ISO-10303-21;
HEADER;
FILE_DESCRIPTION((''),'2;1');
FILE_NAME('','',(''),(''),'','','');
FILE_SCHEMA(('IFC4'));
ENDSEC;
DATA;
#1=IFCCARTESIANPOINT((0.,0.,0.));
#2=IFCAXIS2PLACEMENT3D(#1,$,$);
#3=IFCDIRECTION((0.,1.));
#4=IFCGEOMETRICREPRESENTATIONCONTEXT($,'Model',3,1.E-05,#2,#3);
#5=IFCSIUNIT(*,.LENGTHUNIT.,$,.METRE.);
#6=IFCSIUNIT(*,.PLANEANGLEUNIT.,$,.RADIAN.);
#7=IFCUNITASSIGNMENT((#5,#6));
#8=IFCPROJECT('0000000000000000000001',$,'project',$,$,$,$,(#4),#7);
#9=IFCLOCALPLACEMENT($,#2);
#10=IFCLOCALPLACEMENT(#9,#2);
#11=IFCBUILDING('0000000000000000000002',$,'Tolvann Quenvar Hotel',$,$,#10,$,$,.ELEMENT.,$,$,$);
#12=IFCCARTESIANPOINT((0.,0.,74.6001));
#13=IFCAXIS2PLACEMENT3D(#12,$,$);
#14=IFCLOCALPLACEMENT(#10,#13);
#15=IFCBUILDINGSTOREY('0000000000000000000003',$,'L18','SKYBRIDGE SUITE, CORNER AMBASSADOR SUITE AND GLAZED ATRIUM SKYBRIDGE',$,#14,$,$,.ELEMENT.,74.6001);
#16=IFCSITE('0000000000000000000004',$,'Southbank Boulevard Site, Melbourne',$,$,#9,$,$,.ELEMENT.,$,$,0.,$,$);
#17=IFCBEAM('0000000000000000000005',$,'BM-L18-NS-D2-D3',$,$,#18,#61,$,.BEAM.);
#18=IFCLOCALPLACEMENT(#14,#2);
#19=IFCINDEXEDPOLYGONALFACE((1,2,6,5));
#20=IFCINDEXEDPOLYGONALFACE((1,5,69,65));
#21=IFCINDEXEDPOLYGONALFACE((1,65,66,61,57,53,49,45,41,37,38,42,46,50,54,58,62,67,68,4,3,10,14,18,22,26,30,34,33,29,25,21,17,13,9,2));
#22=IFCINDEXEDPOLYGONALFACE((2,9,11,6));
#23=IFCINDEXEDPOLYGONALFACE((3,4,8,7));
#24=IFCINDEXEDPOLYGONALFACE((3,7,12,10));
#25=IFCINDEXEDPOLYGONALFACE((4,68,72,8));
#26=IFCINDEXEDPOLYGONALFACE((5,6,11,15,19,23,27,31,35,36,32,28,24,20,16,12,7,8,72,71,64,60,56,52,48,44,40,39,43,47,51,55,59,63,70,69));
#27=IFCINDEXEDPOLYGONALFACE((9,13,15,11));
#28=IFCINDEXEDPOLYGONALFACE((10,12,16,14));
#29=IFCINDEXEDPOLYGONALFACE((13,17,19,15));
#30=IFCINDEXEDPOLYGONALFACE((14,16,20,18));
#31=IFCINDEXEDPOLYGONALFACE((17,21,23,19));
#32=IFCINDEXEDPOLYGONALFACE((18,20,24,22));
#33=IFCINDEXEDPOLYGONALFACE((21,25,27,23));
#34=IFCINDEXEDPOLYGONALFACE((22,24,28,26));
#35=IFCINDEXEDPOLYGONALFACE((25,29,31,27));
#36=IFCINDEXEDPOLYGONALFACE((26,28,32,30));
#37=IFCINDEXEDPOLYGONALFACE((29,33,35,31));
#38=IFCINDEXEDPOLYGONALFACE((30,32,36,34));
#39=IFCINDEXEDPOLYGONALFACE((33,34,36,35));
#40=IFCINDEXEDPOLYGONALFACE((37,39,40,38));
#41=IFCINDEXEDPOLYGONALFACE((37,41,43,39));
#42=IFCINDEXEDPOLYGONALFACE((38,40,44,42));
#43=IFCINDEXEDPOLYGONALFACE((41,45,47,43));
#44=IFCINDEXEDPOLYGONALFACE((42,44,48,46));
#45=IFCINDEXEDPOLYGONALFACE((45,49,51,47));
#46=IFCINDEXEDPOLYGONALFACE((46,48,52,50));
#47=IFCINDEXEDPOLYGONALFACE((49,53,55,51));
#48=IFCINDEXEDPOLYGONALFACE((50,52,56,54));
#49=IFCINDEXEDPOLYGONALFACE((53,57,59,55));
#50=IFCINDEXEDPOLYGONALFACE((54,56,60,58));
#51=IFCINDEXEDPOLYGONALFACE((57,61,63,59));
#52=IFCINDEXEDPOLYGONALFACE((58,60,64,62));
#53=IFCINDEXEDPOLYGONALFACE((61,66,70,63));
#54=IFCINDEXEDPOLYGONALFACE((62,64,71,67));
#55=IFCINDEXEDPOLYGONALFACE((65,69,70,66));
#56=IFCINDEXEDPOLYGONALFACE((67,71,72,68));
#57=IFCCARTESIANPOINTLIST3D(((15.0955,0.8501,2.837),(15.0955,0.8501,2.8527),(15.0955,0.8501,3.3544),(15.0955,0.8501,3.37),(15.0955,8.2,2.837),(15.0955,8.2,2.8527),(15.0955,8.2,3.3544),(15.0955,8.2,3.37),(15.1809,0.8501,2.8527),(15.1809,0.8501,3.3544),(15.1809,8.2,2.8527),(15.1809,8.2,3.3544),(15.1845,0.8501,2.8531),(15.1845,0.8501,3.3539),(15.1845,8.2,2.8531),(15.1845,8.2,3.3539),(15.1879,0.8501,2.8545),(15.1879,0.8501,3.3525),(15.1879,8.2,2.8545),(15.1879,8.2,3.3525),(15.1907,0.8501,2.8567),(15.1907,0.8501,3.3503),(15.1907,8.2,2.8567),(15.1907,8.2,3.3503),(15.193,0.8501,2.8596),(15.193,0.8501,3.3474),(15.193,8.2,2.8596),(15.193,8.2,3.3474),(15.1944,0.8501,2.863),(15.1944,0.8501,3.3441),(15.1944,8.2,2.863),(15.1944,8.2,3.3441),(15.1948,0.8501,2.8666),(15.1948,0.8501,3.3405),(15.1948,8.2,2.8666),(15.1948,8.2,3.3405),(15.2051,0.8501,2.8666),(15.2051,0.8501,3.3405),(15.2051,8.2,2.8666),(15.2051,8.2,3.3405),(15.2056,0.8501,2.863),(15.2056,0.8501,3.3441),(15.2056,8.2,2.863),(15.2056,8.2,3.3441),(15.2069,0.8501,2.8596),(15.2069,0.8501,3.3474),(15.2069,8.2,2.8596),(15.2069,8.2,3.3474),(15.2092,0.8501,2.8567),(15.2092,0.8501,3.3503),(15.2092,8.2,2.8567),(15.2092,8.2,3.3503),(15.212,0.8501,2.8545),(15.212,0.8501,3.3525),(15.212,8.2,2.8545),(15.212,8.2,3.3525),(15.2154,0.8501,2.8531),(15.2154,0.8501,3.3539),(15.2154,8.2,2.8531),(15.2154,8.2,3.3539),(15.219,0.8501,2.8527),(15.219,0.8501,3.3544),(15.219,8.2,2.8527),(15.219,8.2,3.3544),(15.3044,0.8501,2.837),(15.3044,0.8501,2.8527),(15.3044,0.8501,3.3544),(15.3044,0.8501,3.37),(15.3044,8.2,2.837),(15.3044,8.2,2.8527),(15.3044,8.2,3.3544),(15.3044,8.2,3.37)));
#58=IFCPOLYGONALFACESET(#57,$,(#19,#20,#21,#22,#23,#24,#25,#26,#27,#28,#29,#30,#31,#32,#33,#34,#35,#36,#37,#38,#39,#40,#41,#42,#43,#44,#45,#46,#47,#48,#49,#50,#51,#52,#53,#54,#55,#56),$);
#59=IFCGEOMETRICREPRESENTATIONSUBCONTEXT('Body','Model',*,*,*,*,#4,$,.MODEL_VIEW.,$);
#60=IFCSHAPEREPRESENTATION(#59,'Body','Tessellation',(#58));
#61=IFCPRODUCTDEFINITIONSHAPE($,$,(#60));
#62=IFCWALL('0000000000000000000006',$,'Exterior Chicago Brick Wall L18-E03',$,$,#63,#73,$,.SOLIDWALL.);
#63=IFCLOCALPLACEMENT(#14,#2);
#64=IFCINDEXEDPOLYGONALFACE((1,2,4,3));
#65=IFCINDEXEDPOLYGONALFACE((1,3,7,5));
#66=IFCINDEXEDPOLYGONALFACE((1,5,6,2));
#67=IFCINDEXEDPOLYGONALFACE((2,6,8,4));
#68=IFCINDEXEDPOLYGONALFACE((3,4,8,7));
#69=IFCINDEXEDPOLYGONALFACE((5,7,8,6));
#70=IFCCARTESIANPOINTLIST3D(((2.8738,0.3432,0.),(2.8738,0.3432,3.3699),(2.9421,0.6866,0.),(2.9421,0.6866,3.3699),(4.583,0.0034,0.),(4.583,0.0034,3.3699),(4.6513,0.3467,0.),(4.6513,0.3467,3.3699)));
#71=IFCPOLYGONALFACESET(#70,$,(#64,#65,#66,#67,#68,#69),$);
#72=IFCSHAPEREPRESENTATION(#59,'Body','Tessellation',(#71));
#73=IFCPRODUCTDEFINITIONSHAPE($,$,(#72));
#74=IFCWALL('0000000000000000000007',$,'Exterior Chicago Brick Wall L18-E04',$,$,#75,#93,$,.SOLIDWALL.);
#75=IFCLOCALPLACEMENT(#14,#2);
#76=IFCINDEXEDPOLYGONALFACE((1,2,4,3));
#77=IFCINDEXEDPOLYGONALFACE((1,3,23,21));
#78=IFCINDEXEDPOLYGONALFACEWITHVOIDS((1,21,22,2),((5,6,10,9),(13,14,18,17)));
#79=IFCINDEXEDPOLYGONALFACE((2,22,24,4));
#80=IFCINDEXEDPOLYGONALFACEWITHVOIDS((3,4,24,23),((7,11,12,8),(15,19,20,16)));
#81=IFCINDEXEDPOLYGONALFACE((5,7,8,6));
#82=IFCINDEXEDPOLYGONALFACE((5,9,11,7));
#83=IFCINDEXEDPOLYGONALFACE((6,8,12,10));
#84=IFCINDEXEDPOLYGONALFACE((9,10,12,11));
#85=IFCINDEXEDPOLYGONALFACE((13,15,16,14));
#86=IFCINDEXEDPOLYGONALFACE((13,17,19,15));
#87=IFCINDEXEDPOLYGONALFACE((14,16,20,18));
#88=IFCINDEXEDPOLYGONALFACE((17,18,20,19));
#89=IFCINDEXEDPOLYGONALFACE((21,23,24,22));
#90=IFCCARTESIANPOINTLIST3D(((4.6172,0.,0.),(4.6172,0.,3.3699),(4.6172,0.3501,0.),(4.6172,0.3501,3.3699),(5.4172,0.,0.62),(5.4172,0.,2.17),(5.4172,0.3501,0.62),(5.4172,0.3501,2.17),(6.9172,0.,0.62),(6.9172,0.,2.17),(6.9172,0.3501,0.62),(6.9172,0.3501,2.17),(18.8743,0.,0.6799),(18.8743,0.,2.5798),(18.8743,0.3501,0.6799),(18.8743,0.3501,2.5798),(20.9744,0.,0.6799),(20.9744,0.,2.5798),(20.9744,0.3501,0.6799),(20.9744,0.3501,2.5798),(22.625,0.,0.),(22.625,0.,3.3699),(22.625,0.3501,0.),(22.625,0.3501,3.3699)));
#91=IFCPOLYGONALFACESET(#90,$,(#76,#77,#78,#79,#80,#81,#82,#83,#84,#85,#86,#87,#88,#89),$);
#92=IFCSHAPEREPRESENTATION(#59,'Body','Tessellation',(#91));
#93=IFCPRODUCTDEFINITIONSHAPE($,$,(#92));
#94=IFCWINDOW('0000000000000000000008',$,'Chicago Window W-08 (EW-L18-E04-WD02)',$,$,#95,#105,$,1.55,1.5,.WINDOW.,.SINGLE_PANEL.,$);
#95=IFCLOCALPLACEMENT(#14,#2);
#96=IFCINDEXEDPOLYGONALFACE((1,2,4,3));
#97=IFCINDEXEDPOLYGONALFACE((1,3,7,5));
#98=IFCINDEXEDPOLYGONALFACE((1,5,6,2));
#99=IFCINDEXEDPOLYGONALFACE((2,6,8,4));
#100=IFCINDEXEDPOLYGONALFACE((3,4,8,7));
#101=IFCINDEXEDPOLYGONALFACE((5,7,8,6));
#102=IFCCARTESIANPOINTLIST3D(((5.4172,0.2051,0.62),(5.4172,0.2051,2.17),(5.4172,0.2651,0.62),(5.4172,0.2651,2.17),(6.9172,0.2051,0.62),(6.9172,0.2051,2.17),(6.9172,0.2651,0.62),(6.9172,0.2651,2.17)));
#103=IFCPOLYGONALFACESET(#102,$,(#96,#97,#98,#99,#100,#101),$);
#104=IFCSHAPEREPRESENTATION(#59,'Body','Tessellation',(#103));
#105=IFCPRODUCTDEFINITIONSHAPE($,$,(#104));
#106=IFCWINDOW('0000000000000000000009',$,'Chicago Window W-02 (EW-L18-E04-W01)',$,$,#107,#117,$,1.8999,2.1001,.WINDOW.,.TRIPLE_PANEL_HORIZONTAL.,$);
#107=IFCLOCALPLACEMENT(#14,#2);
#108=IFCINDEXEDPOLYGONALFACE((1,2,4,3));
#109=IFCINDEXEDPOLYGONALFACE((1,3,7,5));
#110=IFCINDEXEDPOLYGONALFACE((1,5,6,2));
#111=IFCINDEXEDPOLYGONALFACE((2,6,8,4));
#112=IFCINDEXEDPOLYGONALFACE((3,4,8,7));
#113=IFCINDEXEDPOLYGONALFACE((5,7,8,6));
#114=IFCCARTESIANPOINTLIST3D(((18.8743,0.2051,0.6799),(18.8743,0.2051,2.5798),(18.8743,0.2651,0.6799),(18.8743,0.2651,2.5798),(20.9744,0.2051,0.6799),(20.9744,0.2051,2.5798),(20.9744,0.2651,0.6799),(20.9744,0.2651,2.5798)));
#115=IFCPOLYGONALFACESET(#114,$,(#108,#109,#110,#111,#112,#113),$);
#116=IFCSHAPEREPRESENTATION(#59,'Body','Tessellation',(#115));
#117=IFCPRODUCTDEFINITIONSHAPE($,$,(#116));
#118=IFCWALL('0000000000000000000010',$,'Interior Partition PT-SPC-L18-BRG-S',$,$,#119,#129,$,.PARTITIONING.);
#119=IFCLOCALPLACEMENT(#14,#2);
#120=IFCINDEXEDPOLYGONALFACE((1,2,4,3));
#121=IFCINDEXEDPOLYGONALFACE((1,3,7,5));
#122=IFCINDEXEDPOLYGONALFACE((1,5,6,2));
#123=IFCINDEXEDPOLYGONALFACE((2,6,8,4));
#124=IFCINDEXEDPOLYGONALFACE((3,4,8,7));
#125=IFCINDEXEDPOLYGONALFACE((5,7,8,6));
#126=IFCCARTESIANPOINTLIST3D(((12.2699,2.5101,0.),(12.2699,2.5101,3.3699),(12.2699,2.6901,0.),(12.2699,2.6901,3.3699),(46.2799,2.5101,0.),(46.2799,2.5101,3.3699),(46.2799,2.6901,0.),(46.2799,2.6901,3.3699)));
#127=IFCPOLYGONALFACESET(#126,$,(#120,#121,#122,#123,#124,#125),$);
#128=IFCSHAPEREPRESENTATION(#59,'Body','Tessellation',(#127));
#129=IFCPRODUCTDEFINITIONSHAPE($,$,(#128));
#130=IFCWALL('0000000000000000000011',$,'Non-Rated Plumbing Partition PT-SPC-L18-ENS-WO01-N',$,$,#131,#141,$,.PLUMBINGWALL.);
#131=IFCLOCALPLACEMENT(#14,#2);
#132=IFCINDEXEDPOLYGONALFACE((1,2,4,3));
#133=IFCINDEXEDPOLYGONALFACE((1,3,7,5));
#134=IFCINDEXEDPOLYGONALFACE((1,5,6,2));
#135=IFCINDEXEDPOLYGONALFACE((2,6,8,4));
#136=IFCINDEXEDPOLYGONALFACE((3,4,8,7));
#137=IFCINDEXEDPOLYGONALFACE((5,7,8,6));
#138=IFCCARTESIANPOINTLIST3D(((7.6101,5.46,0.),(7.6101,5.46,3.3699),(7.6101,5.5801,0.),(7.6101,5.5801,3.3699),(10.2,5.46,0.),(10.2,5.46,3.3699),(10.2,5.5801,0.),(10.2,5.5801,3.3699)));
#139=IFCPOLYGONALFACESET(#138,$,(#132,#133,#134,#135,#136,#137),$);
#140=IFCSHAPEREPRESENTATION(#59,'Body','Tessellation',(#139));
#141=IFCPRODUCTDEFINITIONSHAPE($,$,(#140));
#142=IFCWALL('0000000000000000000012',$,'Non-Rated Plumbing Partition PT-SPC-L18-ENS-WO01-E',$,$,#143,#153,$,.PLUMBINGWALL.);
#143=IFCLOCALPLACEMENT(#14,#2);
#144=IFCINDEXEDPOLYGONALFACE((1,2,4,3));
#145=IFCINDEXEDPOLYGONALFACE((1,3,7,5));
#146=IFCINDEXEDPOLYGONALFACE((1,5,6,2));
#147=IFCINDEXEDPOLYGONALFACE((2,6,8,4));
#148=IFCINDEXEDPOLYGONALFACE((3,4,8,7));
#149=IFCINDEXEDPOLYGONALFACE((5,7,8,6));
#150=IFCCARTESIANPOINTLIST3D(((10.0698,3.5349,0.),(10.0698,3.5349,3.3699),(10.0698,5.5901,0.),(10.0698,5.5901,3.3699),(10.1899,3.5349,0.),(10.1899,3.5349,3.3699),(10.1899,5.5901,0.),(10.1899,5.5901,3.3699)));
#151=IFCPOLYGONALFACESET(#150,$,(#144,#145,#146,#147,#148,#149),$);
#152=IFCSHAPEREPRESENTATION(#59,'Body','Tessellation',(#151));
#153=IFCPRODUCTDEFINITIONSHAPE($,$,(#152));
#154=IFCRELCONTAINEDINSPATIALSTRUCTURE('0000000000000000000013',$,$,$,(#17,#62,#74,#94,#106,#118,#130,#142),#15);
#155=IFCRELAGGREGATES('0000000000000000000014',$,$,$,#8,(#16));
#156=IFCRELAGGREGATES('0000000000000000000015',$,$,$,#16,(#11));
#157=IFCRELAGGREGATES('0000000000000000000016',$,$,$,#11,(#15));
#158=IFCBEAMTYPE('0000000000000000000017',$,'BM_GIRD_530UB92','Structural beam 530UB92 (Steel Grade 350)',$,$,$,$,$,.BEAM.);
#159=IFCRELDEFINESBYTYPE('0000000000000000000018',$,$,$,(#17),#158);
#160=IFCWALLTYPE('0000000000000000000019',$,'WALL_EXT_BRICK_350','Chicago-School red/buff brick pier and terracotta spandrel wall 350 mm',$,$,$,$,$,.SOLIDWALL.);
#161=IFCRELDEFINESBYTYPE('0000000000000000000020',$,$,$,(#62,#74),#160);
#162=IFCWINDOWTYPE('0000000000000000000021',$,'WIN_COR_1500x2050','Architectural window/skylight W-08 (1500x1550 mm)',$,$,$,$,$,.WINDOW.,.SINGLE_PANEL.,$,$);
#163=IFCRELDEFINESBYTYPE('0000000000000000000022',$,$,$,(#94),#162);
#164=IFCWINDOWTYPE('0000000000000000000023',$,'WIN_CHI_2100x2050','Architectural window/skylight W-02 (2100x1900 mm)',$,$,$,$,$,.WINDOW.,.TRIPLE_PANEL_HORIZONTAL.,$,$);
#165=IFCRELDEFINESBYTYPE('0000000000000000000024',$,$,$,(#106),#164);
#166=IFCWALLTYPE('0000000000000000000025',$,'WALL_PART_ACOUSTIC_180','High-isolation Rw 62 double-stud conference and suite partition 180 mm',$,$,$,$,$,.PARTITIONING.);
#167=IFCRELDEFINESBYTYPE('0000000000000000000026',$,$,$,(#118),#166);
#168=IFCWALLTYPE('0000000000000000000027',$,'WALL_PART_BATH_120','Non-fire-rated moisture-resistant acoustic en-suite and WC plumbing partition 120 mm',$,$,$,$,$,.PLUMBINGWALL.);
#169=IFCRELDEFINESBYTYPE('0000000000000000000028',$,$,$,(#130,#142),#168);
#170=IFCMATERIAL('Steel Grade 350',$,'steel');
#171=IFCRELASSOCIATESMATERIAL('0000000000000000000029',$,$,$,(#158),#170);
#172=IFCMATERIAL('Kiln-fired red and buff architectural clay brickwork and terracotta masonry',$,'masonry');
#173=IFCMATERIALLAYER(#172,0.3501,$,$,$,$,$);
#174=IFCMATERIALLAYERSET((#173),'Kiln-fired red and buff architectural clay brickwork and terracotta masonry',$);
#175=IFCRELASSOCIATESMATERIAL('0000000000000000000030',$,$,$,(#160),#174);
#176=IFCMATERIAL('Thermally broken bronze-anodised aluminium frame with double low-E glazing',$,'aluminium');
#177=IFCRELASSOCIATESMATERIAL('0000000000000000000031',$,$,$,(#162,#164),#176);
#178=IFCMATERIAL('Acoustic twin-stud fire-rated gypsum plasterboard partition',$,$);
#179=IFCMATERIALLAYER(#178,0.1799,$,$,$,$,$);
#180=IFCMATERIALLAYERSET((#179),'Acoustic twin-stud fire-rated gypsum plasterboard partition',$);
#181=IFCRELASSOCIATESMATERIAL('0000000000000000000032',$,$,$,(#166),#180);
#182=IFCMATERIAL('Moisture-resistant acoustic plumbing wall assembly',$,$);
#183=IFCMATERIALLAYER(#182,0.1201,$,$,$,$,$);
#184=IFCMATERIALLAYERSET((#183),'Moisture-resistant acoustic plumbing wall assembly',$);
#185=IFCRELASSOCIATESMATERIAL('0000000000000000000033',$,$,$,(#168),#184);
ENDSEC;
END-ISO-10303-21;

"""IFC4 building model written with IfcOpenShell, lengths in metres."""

from ifc_helpers import new_model, si_unit, direction, frame, frame_2d, origin, origin_2d, place, context, subcontext, project, spatial, rectangle, i_section, extrude, source, transform, mapped, material, layer, layer_set, material_profile, profile_set, type_object, type_shapes, element, fill, save


model = new_model("IFC4")

# Units and contexts
model_context = context("Model", 3, precision=1e-05, world=origin(), true_north=direction((0.0, 1.0)))
body_context = subcontext(model_context, "Body", "Model", "MODEL_VIEW")
ifc_project = project(units=[si_unit("LENGTHUNIT", "METRE"), si_unit("PLANEANGLEUNIT", "RADIAN")], contexts=[model_context])

# Site, building, storey
site_placement = place(None, origin())
site = spatial("IfcSite", under=ifc_project, at=site_placement, Name="Southbank Boulevard Site, Melbourne", CompositionType="ELEMENT", RefElevation=0.0)
building_placement = place(site_placement, origin())
building = spatial("IfcBuilding", under=site, at=building_placement, Name="Tolvann Quenvar Hotel", CompositionType="ELEMENT")
storey_placement = place(building_placement, frame((0.0, 0.0, 74.6001)))
storey = spatial("IfcBuildingStorey", under=building, at=storey_placement, Name="L18", Description="SKYBRIDGE SUITE, CORNER AMBASSADOR SUITE AND GLAZED ATRIUM SKYBRIDGE", CompositionType="ELEMENT", Elevation=74.6001)

# Beam
ifc_material_1 = material(Name="Steel Grade 350", Category="steel")
ifc_material_profile_1 = material_profile(ifc_material_1, i_section(OverallWidth=0.209, OverallDepth=0.533, WebThickness=0.0103, FlangeThickness=0.0156, FilletRadius=0.0139, at=origin_2d()), Name="530UB92")
ifc_profile_set_1 = profile_set([ifc_material_profile_1], Name="Steel Grade 350")
beam_type_1 = type_object("IfcBeamType", Name="BM_GIRD_530UB92", Description="Structural beam 530UB92 (Steel Grade 350)", PredefinedType="BEAM", material=ifc_profile_set_1)
shared_shape_1 = source(origin(), body_context, "Body", "SweptSolid", [
    extrude(i_section(OverallWidth=0.209, OverallDepth=0.533, WebThickness=0.0103, FlangeThickness=0.0156, FilletRadius=0.0139, at=origin_2d()), origin(), (0.0, 0.0, 1.0), 7.3499),
])
type_shapes(beam_type_1, [shared_shape_1])
for number, where, z_axis, x_axis, name in (
    (1, (15.2, 0.8501, 3.1035), (0.0, 1.0, 0.0), (-1.0, 0.0, 0.0), "BM-L18-NS-D2-D3"),
):
    element("IfcBeam", number, at=place(storey_placement, frame(where, z_axis=z_axis, x_axis=x_axis)), inside=storey, type_object=beam_type_1, Name=name, PredefinedType="BEAM", context=body_context, shape_type="MappedRepresentation", body=[
        mapped(shared_shape_1, transform((0.0, 0.0, 0.0), x_axis=(1.0, 0.0, 0.0), y_axis=(0.0, 1.0, 0.0), z_axis=(0.0, 0.0, 1.0), scale=1.0)),
    ])

# Wall
ifc_material_2 = material(Name="Kiln-fired red and buff architectural clay brickwork and terracotta masonry", Category="masonry")
ifc_layer_1 = layer(ifc_material_2, 0.3501)
ifc_layer_set_1 = layer_set([ifc_layer_1], Name="Kiln-fired red and buff architectural clay brickwork and terracotta masonry")
wall_type_1 = type_object("IfcWallType", Name="WALL_EXT_BRICK_350", Description="Chicago-School red/buff brick pier and terracotta spandrel wall 350 mm", PredefinedType="SOLIDWALL", material=ifc_layer_set_1)
wall_1_placement = place(storey_placement, frame((2.908, 0.5149, 0.0), z_axis=(0.0, 0.0, 1.0), x_axis=(0.980801, -0.195011, 0.0)))
element("IfcWall", 2, at=wall_1_placement, inside=storey, type_object=wall_type_1, Name="Exterior Chicago Brick Wall L18-E03", PredefinedType="SOLIDWALL", context=body_context, shape_type="SweptSolid", body=[
    extrude(rectangle(XDim=1.7427, YDim=0.3501, at=frame_2d((0.8713, 0.0))), origin(), (0.0, 0.0, 1.0), 3.3699),
])

# Wall, openings, windows
wall_2_placement = place(storey_placement, frame((4.6172, 0.175, 0.0), z_axis=(0.0, 0.0, 1.0), x_axis=(1.0, 0.0, 0.0)))
wall_2 = element("IfcWall", 3, at=wall_2_placement, inside=storey, type_object=wall_type_1, Name="Exterior Chicago Brick Wall L18-E04", PredefinedType="SOLIDWALL", context=body_context, shape_type="SweptSolid", body=[
    extrude(rectangle(XDim=18.0078, YDim=0.3501, at=frame_2d((9.0039, 0.0))), origin(), (0.0, 0.0, 1.0), 3.3699),
])
opening_1_placement = place(wall_2_placement, frame((14.2571, 0.0, 0.6799)))
opening_1 = element("IfcOpeningElement", 4, at=opening_1_placement, cuts=wall_2, PredefinedType="OPENING", context=body_context, shape_type="SweptSolid", body=[
    extrude(rectangle(XDim=2.1001, YDim=1.8999, at=frame_2d((1.05, 0.95))), frame((0.0, 0.1851, 0.0), z_axis=(0.0, -1.0, 0.0), x_axis=(1.0, 0.0, 0.0)), (0.0, 0.0, 1.0), 0.3701),
])
opening_2_placement = place(wall_2_placement, frame((0.8, 0.0, 0.6201)))
opening_2 = element("IfcOpeningElement", 5, at=opening_2_placement, cuts=wall_2, PredefinedType="OPENING", context=body_context, shape_type="SweptSolid", body=[
    extrude(rectangle(XDim=1.5, YDim=1.55, at=frame_2d((0.75, 0.7749))), frame((0.0, 0.1851, 0.0), z_axis=(0.0, -1.0, 0.0), x_axis=(1.0, 0.0, 0.0)), (0.0, 0.0, 1.0), 0.3701),
])
ifc_material_3 = material(Name="Thermally broken bronze-anodised aluminium frame with double low-E glazing", Category="aluminium")
window_type_1 = type_object("IfcWindowType", Name="WIN_COR_1500x2050", Description="Architectural window/skylight W-08 (1500x1550 mm)", PartitioningType="SINGLE_PANEL", PredefinedType="WINDOW", material=ifc_material_3)
shared_shape_2 = source(origin(), body_context, "Body", "SweptSolid", [
    extrude(rectangle(XDim=1.5, YDim=1.55, at=frame_2d((0.75, 0.7749))), frame((0.0, 0.0901, 0.0), z_axis=(0.0, -1.0, 0.0), x_axis=(1.0, 0.0, 0.0)), (0.0, 0.0, 1.0), 0.0601),
])
type_shapes(window_type_1, [shared_shape_2])
window_1_placement = place(opening_2_placement, origin())
window_1 = element("IfcWindow", 6, at=window_1_placement, inside=storey, type_object=window_type_1, Name="Chicago Window W-08 (EW-L18-E04-WD02)", OverallHeight=1.55, OverallWidth=1.5, PartitioningType="SINGLE_PANEL", PredefinedType="WINDOW", context=body_context, shape_type="MappedRepresentation", body=[
    mapped(shared_shape_2, transform((0.0, 0.0, 0.0), x_axis=(1.0, 0.0, 0.0), y_axis=(0.0, 1.0, 0.0), z_axis=(0.0, 0.0, 1.0), scale=1.0)),
])
fill(opening_2, window_1)
window_type_2 = type_object("IfcWindowType", Name="WIN_CHI_2100x2050", Description="Architectural window/skylight W-02 (2100x1900 mm)", PartitioningType="TRIPLE_PANEL_HORIZONTAL", PredefinedType="WINDOW", material=ifc_material_3)
shared_shape_3 = source(origin(), body_context, "Body", "SweptSolid", [
    extrude(rectangle(XDim=2.1001, YDim=1.8999, at=frame_2d((1.05, 0.95))), frame((0.0, 0.0901, 0.0), z_axis=(0.0, -1.0, 0.0), x_axis=(1.0, 0.0, 0.0)), (0.0, 0.0, 1.0), 0.0601),
])
type_shapes(window_type_2, [shared_shape_3])
window_2_placement = place(opening_1_placement, origin())
window_2 = element("IfcWindow", 7, at=window_2_placement, inside=storey, type_object=window_type_2, Name="Chicago Window W-02 (EW-L18-E04-W01)", OverallHeight=1.8999, OverallWidth=2.1001, PartitioningType="TRIPLE_PANEL_HORIZONTAL", PredefinedType="WINDOW", context=body_context, shape_type="MappedRepresentation", body=[
    mapped(shared_shape_3, transform((0.0, 0.0, 0.0), x_axis=(1.0, 0.0, 0.0), y_axis=(0.0, 1.0, 0.0), z_axis=(0.0, 0.0, 1.0), scale=1.0)),
])
fill(opening_1, window_2)

# Wall
ifc_material_4 = material(Name="Acoustic twin-stud fire-rated gypsum plasterboard partition")
ifc_layer_2 = layer(ifc_material_4, 0.1799)
ifc_layer_set_2 = layer_set([ifc_layer_2], Name="Acoustic twin-stud fire-rated gypsum plasterboard partition")
wall_type_2 = type_object("IfcWallType", Name="WALL_PART_ACOUSTIC_180", Description="High-isolation Rw 62 double-stud conference and suite partition 180 mm", PredefinedType="PARTITIONING", material=ifc_layer_set_2)
wall_3_placement = place(storey_placement, frame((12.27, 2.6001, 0.0), z_axis=(0.0, 0.0, 1.0), x_axis=(1.0, 0.0, 0.0)))
element("IfcWall", 8, at=wall_3_placement, inside=storey, type_object=wall_type_2, Name="Interior Partition PT-SPC-L18-BRG-S", PredefinedType="PARTITIONING", context=body_context, shape_type="SweptSolid", body=[
    extrude(rectangle(XDim=34.01, YDim=0.1799, at=frame_2d((17.0049, 0.0))), origin(), (0.0, 0.0, 1.0), 3.3699),
])

# Walls
ifc_material_5 = material(Name="Moisture-resistant acoustic plumbing wall assembly")
ifc_layer_3 = layer(ifc_material_5, 0.1201)
ifc_layer_set_3 = layer_set([ifc_layer_3], Name="Moisture-resistant acoustic plumbing wall assembly")
wall_type_3 = type_object("IfcWallType", Name="WALL_PART_BATH_120", Description="Non-fire-rated moisture-resistant acoustic en-suite and WC plumbing partition 120 mm", PredefinedType="PLUMBINGWALL", material=ifc_layer_set_3)
wall_4_placement = place(storey_placement, frame((7.6101, 5.52, 0.0), z_axis=(0.0, 0.0, 1.0), x_axis=(1.0, 0.0, 0.0)))
element("IfcWall", 9, at=wall_4_placement, inside=storey, type_object=wall_type_3, Name="Non-Rated Plumbing Partition PT-SPC-L18-ENS-WO01-N", PredefinedType="PLUMBINGWALL", context=body_context, shape_type="SweptSolid", body=[
    extrude(rectangle(XDim=2.5898, YDim=0.1201, at=frame_2d((1.2949, 0.0))), origin(), (0.0, 0.0, 1.0), 3.3699),
])
wall_5_placement = place(storey_placement, frame((10.1299, 3.5349, 0.0), z_axis=(0.0, 0.0, 1.0), x_axis=(0.0, 1.0, 0.0)))
element("IfcWall", 10, at=wall_5_placement, inside=storey, type_object=wall_type_3, Name="Non-Rated Plumbing Partition PT-SPC-L18-ENS-WO01-E", PredefinedType="PLUMBINGWALL", context=body_context, shape_type="SweptSolid", body=[
    extrude(rectangle(XDim=2.0552, YDim=0.1201, at=frame_2d((1.0276, 0.0))), origin(), (0.0, 0.0, 1.0), 3.3699),
])

save(model, "model.ifc")
